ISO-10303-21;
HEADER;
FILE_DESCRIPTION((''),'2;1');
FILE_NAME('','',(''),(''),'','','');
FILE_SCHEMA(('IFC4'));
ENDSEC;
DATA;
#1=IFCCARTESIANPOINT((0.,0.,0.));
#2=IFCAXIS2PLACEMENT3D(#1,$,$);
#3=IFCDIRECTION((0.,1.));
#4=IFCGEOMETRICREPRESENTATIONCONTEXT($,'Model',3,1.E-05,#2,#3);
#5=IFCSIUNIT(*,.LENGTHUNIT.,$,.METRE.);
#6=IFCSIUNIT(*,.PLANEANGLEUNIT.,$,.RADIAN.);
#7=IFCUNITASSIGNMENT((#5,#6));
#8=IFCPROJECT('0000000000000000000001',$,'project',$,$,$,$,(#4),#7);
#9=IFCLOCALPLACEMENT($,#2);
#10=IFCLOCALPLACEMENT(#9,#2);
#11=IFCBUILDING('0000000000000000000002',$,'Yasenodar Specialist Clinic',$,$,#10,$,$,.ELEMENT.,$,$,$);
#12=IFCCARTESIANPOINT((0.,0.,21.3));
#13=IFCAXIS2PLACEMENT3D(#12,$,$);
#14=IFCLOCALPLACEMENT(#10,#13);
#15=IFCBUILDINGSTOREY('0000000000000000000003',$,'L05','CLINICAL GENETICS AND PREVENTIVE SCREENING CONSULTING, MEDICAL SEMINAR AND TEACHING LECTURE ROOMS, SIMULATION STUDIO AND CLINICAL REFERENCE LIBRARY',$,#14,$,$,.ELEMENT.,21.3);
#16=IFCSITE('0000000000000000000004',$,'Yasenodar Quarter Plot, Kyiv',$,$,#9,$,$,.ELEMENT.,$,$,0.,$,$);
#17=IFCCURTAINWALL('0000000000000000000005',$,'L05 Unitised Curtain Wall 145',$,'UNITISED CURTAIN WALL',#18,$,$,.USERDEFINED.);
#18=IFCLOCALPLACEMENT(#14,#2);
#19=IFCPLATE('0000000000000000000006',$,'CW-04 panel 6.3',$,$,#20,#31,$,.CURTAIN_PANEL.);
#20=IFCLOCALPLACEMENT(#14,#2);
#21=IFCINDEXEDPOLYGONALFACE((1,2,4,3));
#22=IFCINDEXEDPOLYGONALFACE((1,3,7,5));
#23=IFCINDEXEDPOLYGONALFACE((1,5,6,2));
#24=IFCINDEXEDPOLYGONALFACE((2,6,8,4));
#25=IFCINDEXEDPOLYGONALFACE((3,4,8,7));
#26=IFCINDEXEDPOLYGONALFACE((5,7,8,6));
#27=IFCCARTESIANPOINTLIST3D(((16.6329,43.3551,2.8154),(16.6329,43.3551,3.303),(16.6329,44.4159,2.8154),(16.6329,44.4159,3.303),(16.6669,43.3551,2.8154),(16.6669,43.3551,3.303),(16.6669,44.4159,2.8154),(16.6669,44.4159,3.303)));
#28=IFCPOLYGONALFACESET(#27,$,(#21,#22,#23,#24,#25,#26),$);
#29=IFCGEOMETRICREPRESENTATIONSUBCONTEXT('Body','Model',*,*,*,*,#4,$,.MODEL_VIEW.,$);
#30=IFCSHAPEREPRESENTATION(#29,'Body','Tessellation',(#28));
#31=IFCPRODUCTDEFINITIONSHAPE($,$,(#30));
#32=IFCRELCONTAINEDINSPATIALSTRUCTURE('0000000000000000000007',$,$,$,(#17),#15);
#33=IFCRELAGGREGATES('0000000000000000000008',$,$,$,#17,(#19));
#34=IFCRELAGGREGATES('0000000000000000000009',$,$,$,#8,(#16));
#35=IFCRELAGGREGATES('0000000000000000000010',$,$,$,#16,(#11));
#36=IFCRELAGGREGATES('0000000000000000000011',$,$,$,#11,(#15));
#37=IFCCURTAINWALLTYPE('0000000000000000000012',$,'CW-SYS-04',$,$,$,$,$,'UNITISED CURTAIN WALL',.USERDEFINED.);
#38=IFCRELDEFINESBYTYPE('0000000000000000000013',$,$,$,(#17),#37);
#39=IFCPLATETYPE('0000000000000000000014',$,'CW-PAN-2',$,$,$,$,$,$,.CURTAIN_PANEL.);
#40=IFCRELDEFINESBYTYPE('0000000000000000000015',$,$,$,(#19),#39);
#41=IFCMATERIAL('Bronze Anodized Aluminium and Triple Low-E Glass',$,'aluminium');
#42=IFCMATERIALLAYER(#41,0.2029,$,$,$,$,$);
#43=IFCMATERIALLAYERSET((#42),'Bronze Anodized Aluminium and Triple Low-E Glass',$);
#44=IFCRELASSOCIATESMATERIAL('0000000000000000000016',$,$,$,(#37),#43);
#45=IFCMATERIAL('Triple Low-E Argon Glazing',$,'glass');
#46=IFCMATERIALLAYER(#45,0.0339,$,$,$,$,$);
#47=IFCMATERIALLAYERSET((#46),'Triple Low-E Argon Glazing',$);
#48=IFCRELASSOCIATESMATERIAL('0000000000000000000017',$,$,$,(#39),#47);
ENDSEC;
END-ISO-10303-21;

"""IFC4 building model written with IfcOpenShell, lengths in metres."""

from ifc_helpers import new_model, si_unit, direction, frame, origin, origin_2d, place, context, subcontext, project, spatial, rectangle, extrude, material, layer, layer_set, type_object, element, aggregate, save


model = new_model("IFC4")

# Units and contexts
model_context = context("Model", 3, precision=1e-05, world=origin(), true_north=direction((0.0, 1.0)))
body_context = subcontext(model_context, "Body", "Model", "MODEL_VIEW")
ifc_project = project(units=[si_unit("LENGTHUNIT", "METRE"), si_unit("PLANEANGLEUNIT", "RADIAN")], contexts=[model_context])

# Site, building, storey
site_placement = place(None, origin())
site = spatial("IfcSite", under=ifc_project, at=site_placement, Name="Yasenodar Quarter Plot, Kyiv", CompositionType="ELEMENT", RefElevation=0.0)
building_placement = place(site_placement, origin())
building = spatial("IfcBuilding", under=site, at=building_placement, Name="Yasenodar Specialist Clinic", CompositionType="ELEMENT")
storey_placement = place(building_placement, frame((0.0, 0.0, 21.3)))
storey = spatial("IfcBuildingStorey", under=building, at=storey_placement, Name="L05", Description="CLINICAL GENETICS AND PREVENTIVE SCREENING CONSULTING, MEDICAL SEMINAR AND TEACHING LECTURE ROOMS, SIMULATION STUDIO AND CLINICAL REFERENCE LIBRARY", CompositionType="ELEMENT", Elevation=21.3)

# Curtain wall, plate
ifc_material_1 = material(Name="Bronze Anodized Aluminium and Triple Low-E Glass", Category="aluminium")
ifc_layer_1 = layer(ifc_material_1, 0.2029)
ifc_layer_set_1 = layer_set([ifc_layer_1], Name="Bronze Anodized Aluminium and Triple Low-E Glass")
curtain_wall_type = type_object("IfcCurtainWallType", Name="CW-SYS-04", ElementType="UNITISED CURTAIN WALL", PredefinedType="USERDEFINED", material=ifc_layer_set_1)
curtain_wall_placement = place(storey_placement, origin())
curtain_wall = element("IfcCurtainWall", 1, at=curtain_wall_placement, inside=storey, type_object=curtain_wall_type, Name="L05 Unitised Curtain Wall 145", ObjectType="UNITISED CURTAIN WALL", PredefinedType="USERDEFINED")
ifc_material_2 = material(Name="Triple Low-E Argon Glazing", Category="glass")
ifc_layer_2 = layer(ifc_material_2, 0.0339)
ifc_layer_set_2 = layer_set([ifc_layer_2], Name="Triple Low-E Argon Glazing")
plate_type = type_object("IfcPlateType", Name="CW-PAN-2", PredefinedType="CURTAIN_PANEL", material=ifc_layer_set_2)
plate_1_placement = place(storey_placement, frame((16.6499, 43.8855, 2.8154), z_axis=(0.0, 0.0, 1.0), x_axis=(0.0, -1.0, 0.0)))
plate_1 = element("IfcPlate", 2, at=plate_1_placement, type_object=plate_type, Name="CW-04 panel 6.3", PredefinedType="CURTAIN_PANEL", context=body_context, shape_type="SweptSolid", body=[
    extrude(rectangle(XDim=1.0608, YDim=0.0339, at=origin_2d()), origin(), (0.0, 0.0, 1.0), 0.4875),
])
aggregate(curtain_wall, [plate_1])

save(model, "model.ifc")
